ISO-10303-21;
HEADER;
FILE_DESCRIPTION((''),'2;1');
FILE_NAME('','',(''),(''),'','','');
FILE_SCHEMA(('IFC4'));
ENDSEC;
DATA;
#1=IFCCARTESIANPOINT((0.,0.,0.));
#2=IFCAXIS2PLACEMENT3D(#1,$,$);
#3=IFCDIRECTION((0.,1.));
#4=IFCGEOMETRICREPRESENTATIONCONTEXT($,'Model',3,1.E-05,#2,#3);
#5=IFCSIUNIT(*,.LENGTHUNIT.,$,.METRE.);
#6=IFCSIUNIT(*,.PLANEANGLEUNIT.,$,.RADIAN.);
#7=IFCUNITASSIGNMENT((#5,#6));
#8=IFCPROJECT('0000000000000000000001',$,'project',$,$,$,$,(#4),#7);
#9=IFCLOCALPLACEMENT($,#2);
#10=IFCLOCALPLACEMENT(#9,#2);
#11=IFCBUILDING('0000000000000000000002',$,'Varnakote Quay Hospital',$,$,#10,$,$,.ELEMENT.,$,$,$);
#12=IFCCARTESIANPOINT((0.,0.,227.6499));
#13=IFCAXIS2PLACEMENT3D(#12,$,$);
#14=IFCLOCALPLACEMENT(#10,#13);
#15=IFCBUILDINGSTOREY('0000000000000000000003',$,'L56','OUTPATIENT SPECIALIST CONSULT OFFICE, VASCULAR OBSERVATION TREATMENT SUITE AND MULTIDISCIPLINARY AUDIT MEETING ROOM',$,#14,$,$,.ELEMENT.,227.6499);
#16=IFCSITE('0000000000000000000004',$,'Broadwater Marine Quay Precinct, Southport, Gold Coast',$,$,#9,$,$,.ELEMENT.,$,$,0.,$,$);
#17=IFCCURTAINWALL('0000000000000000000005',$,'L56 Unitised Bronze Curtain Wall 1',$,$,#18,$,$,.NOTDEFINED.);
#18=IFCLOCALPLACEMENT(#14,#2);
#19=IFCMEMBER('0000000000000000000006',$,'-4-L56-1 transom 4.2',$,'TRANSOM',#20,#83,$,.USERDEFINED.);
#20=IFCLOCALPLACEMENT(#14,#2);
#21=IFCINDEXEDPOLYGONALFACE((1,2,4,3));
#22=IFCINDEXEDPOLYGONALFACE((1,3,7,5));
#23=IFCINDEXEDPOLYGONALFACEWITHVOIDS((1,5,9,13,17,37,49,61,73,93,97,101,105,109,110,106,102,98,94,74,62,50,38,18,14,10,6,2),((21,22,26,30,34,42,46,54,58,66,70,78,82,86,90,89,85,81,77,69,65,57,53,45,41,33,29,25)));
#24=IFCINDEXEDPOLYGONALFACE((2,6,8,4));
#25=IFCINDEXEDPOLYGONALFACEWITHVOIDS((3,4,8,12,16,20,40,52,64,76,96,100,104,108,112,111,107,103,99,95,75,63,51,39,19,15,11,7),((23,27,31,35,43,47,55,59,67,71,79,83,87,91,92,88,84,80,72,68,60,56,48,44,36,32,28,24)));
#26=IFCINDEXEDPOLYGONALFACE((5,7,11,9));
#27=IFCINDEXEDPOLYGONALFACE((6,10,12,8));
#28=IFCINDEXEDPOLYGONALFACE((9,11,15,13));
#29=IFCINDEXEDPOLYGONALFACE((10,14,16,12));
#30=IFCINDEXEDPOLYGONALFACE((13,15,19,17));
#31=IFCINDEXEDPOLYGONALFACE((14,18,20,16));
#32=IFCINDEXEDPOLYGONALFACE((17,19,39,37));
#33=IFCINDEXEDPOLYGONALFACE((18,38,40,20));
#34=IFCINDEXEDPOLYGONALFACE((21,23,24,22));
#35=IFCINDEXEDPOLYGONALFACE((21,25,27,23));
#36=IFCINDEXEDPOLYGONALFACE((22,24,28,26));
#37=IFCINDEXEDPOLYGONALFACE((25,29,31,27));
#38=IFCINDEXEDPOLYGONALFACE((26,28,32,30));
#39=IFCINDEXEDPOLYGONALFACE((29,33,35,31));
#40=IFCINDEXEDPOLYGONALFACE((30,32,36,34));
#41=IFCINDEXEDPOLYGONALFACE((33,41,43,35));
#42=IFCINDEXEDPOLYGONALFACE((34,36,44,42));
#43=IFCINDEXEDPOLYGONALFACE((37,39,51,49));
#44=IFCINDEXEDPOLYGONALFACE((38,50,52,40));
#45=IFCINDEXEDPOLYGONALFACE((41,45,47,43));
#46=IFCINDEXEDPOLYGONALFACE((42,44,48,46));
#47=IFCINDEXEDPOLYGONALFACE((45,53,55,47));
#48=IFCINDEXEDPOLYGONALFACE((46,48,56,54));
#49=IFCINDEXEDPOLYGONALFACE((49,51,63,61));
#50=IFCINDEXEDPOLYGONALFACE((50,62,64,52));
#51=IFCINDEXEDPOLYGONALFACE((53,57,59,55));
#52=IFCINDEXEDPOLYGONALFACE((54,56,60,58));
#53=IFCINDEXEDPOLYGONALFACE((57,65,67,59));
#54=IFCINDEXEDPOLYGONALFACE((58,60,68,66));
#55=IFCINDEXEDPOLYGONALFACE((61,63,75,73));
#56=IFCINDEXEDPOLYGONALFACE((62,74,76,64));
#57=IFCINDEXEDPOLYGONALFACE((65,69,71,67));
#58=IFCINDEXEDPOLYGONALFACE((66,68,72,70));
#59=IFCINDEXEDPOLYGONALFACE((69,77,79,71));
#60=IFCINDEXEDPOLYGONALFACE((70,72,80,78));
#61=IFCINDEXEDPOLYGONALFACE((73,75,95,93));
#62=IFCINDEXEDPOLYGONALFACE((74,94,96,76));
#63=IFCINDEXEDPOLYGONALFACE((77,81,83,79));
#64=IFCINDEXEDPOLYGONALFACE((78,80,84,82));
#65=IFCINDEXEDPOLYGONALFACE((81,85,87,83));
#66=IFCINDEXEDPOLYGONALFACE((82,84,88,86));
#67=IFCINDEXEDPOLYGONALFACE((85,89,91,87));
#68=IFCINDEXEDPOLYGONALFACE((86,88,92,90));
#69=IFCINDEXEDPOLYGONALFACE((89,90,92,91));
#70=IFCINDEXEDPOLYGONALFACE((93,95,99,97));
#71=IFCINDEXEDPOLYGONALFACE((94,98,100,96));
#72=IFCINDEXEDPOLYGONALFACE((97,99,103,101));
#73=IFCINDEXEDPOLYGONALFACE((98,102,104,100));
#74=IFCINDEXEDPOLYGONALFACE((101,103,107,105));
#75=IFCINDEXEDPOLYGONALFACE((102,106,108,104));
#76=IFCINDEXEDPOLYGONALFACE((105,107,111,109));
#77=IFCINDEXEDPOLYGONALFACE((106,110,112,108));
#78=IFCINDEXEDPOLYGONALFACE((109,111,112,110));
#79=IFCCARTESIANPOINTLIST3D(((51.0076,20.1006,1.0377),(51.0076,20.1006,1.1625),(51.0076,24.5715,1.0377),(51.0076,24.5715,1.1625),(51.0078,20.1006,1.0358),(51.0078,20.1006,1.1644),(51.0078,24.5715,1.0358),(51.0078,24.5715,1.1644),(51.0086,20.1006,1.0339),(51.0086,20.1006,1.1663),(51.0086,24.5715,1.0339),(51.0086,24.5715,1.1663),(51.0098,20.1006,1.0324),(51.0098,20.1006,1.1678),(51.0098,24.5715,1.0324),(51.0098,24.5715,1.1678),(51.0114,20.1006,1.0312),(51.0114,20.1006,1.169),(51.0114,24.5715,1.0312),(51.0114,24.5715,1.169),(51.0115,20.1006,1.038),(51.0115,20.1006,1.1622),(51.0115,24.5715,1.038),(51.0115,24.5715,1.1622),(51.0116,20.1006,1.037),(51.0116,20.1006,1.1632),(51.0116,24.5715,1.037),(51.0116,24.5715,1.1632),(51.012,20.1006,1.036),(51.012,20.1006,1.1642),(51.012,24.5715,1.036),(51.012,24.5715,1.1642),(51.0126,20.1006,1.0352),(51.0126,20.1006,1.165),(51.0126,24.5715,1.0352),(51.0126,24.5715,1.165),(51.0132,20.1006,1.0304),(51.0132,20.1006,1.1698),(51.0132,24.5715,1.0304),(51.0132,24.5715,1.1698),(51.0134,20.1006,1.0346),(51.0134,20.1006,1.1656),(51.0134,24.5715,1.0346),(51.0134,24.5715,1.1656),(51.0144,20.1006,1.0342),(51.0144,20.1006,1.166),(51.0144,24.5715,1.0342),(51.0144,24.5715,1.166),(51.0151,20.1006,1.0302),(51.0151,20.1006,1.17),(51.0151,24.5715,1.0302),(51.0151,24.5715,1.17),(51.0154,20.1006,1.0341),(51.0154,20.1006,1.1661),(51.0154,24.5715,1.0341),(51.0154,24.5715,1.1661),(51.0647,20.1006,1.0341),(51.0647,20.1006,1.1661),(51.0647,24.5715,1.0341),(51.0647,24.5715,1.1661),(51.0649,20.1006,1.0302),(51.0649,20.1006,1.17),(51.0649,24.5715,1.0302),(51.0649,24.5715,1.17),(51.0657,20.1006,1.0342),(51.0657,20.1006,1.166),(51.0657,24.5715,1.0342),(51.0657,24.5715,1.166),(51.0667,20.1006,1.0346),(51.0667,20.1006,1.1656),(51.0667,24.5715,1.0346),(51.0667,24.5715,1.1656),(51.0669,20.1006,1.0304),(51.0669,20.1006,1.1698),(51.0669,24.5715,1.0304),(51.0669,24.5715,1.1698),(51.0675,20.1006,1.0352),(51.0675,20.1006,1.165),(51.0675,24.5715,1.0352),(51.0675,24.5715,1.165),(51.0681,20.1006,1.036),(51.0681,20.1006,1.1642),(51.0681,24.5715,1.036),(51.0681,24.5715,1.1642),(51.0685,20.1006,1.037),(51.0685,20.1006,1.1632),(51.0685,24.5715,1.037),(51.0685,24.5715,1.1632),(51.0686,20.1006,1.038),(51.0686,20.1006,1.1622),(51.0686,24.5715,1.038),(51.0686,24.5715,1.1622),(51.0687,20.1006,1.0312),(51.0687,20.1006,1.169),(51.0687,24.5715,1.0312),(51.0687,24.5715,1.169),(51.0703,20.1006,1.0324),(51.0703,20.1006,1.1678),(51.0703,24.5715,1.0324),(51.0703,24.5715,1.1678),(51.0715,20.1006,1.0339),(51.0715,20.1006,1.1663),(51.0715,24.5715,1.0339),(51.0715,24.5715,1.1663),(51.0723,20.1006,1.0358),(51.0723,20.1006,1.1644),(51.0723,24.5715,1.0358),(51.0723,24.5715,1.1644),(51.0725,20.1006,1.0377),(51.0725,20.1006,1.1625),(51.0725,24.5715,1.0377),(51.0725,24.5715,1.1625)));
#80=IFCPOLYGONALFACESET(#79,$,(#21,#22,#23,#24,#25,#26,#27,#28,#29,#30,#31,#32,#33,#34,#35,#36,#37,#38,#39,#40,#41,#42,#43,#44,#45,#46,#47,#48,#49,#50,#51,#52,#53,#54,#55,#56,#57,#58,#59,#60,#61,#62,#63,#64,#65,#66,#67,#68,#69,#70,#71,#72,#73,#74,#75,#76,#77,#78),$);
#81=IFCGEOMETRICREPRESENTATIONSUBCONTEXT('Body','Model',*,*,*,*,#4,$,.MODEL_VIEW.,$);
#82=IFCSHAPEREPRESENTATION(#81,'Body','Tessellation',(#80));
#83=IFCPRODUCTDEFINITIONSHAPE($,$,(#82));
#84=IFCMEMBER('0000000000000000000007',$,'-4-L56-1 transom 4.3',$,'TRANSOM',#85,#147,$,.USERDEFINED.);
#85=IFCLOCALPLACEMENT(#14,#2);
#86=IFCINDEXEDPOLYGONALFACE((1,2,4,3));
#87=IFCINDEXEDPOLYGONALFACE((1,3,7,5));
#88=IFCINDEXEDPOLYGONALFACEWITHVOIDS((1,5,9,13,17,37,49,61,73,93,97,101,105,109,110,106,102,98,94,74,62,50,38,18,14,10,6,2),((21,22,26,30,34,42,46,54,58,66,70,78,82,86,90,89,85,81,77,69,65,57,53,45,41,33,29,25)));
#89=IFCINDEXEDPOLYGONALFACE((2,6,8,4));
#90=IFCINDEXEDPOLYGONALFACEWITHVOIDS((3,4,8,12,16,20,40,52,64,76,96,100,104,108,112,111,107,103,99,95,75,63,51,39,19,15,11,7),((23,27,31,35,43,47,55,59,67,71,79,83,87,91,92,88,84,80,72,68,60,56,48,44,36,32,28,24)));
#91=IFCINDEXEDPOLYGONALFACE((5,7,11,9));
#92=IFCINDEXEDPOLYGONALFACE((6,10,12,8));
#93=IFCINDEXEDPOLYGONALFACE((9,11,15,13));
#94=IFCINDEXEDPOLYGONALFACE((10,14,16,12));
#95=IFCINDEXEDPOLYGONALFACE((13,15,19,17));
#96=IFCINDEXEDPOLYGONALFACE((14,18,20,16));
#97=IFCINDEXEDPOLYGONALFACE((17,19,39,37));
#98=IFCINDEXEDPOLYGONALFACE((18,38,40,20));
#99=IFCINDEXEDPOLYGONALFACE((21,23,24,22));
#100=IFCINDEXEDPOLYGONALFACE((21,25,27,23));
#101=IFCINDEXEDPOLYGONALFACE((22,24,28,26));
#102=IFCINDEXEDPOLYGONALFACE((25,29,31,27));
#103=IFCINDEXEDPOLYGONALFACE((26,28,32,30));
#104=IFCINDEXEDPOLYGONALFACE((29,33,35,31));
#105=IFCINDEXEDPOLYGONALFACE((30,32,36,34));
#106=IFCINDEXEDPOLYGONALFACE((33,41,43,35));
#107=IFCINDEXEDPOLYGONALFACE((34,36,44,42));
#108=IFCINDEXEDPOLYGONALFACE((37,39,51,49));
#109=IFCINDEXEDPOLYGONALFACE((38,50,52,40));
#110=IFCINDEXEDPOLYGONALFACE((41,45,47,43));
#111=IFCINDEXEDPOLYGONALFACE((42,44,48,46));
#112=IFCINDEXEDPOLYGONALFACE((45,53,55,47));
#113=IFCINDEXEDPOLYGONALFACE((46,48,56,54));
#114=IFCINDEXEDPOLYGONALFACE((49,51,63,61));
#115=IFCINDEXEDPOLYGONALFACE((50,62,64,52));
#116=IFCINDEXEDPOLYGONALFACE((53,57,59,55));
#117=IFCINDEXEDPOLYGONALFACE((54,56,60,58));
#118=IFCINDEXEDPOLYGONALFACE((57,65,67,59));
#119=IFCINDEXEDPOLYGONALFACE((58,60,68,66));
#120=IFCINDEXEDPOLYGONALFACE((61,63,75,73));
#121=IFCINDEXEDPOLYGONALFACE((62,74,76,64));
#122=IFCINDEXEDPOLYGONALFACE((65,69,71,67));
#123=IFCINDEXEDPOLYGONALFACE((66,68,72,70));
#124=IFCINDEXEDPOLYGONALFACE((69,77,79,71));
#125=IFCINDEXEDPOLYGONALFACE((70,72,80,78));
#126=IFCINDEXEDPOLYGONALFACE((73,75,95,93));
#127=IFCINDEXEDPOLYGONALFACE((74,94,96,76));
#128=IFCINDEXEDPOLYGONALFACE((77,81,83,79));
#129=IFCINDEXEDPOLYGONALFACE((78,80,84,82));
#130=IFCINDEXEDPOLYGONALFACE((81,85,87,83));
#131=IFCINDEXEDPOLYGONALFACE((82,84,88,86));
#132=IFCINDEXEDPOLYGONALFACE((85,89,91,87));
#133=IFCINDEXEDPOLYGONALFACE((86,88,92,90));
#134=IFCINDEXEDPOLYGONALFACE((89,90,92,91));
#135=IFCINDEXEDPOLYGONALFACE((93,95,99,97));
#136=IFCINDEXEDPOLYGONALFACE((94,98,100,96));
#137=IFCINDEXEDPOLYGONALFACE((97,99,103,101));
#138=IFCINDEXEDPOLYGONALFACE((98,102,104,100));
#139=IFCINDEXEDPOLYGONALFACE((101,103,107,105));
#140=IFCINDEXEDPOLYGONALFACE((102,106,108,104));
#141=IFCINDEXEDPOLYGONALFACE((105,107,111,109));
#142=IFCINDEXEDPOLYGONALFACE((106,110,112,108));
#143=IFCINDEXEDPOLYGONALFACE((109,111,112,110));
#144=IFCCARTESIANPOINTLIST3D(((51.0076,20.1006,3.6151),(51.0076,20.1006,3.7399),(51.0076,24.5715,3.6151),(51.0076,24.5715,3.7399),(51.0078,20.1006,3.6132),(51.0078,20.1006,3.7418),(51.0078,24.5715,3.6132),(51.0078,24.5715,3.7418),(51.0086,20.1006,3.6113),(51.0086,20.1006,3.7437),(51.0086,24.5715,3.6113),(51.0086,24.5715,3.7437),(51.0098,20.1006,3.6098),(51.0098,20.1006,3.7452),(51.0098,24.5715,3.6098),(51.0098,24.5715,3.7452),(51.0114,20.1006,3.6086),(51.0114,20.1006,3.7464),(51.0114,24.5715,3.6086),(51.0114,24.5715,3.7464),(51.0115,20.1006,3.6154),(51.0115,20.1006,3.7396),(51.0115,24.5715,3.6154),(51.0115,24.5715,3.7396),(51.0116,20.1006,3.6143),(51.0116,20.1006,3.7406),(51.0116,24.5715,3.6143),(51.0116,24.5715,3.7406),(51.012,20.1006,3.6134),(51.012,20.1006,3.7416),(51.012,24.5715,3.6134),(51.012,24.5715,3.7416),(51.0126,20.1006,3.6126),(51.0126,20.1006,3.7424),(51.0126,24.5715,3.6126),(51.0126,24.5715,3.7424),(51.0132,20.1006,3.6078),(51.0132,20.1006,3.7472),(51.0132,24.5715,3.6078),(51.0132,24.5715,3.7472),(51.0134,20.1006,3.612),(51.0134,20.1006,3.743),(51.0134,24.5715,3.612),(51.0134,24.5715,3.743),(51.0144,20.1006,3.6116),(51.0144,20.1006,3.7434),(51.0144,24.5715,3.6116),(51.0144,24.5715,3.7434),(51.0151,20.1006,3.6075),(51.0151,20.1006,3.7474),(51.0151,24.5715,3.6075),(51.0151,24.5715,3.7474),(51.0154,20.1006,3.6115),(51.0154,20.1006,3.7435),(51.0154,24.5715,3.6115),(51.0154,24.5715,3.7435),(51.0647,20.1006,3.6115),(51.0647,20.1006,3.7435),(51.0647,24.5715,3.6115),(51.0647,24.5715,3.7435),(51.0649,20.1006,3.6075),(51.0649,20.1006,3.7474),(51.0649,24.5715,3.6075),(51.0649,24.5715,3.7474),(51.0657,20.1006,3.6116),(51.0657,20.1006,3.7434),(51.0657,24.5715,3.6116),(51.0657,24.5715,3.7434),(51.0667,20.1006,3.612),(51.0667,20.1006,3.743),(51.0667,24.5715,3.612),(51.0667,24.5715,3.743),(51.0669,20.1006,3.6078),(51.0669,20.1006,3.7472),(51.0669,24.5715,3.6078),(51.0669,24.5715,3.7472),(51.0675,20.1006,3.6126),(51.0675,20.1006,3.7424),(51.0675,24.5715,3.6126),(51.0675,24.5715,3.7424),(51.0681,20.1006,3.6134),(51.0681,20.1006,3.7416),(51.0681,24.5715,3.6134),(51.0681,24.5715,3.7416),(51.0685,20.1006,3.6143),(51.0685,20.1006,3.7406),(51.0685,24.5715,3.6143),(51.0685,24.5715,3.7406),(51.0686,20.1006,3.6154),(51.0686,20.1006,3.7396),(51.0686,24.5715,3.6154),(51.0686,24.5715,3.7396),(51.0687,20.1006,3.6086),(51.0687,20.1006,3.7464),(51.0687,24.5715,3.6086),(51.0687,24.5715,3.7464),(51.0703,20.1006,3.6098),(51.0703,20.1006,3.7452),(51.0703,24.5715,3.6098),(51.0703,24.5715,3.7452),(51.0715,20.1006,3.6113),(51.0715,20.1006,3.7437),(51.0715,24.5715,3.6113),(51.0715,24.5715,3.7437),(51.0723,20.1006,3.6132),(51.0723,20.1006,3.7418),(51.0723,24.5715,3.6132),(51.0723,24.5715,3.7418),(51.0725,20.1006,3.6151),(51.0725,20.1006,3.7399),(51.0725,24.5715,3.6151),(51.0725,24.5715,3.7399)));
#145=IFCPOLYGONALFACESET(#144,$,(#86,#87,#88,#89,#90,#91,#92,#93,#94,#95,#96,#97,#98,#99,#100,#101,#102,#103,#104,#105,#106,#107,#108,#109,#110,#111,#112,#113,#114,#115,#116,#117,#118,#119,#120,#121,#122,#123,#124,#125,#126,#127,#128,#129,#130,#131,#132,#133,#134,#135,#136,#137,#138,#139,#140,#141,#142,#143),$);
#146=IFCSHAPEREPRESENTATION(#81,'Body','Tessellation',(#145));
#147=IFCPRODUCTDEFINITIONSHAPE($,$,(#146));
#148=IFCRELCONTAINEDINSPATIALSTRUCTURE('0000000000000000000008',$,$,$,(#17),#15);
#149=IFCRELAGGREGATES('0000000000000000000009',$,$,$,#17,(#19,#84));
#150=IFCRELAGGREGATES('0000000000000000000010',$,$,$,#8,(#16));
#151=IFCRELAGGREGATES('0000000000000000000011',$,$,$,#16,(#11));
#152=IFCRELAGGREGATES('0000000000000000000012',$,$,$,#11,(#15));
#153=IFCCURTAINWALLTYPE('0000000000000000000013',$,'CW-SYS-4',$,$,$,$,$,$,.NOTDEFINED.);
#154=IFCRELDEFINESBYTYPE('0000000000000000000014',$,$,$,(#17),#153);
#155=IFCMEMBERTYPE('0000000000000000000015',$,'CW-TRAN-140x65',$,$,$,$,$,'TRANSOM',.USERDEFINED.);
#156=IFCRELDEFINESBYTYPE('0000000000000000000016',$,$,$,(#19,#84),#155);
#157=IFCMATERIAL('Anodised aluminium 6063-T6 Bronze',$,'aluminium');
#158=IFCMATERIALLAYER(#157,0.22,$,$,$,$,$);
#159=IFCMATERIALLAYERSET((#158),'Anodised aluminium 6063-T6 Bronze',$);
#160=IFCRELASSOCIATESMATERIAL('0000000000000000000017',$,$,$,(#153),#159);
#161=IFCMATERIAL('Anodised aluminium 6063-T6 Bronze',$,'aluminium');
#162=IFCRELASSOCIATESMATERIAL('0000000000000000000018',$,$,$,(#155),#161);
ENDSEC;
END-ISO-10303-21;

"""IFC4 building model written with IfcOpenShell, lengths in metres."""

from ifc_helpers import new_model, si_unit, direction, frame, origin, origin_2d, place, context, subcontext, project, spatial, hollow_rectangle, extrude, material, layer, layer_set, material_profile, profile_set, type_object, element, aggregate, save


model = new_model("IFC4")

# Units and contexts
model_context = context("Model", 3, precision=1e-05, world=origin(), true_north=direction((0.0, 1.0)))
body_context = subcontext(model_context, "Body", "Model", "MODEL_VIEW")
ifc_project = project(units=[si_unit("LENGTHUNIT", "METRE"), si_unit("PLANEANGLEUNIT", "RADIAN")], contexts=[model_context])

# Site, building, storey
site_placement = place(None, origin())
site = spatial("IfcSite", under=ifc_project, at=site_placement, Name="Broadwater Marine Quay Precinct, Southport, Gold Coast", CompositionType="ELEMENT", RefElevation=0.0)
building_placement = place(site_placement, origin())
building = spatial("IfcBuilding", under=site, at=building_placement, Name="Varnakote Quay Hospital", CompositionType="ELEMENT")
storey_placement = place(building_placement, frame((0.0, 0.0, 227.6499)))
storey = spatial("IfcBuildingStorey", under=building, at=storey_placement, Name="L56", Description="OUTPATIENT SPECIALIST CONSULT OFFICE, VASCULAR OBSERVATION TREATMENT SUITE AND MULTIDISCIPLINARY AUDIT MEETING ROOM", CompositionType="ELEMENT", Elevation=227.6499)

# Curtain wall
ifc_material_1 = material(Name="Anodised aluminium 6063-T6 Bronze", Category="aluminium")
ifc_layer_1 = layer(ifc_material_1, 0.22)
ifc_layer_set_1 = layer_set([ifc_layer_1], Name="Anodised aluminium 6063-T6 Bronze")
curtain_wall_type = type_object("IfcCurtainWallType", Name="CW-SYS-4", PredefinedType="NOTDEFINED", material=ifc_layer_set_1)
curtain_wall_1_placement = place(storey_placement, origin())
curtain_wall_1 = element("IfcCurtainWall", 1, at=curtain_wall_1_placement, inside=storey, type_object=curtain_wall_type, Name="L56 Unitised Bronze Curtain Wall 1", PredefinedType="NOTDEFINED")

# Members
ifc_material_2 = material(Name="Anodised aluminium 6063-T6 Bronze", Category="aluminium")
ifc_material_profile_1 = material_profile(ifc_material_2, hollow_rectangle(XDim=0.0649, YDim=0.1399, WallThickness=0.0039, InnerFilletRadius=0.0039, OuterFilletRadius=0.0076, at=origin_2d()), Name="CW-TRAN-140x65")
ifc_profile_set_1 = profile_set([ifc_material_profile_1], Name="Anodised aluminium 6063-T6 Bronze")
member_type_1 = type_object("IfcMemberType", Name="CW-TRAN-140x65", ElementType="TRANSOM", PredefinedType="USERDEFINED", material=ifc_profile_set_1)
member_1_placement = place(storey_placement, frame((51.04, 20.1006, 1.1001), z_axis=(0.0, 1.0, 0.0), x_axis=(-1.0, 0.0, 0.0)))
member_1 = element("IfcMember", 2, at=member_1_placement, type_object=member_type_1, Name="-4-L56-1 transom 4.2", ObjectType="TRANSOM", PredefinedType="USERDEFINED", context=body_context, shape_type="SweptSolid", body=[
    extrude(hollow_rectangle(XDim=0.0649, YDim=0.1399, WallThickness=0.0039, InnerFilletRadius=0.0039, OuterFilletRadius=0.0076, at=origin_2d()), origin(), (0.0, 0.0, 1.0), 4.4709),
])
member_2_placement = place(storey_placement, frame((51.04, 20.1006, 3.6775), z_axis=(0.0, 1.0, 0.0), x_axis=(-1.0, 0.0, 0.0)))
member_2 = element("IfcMember", 3, at=member_2_placement, type_object=member_type_1, Name="-4-L56-1 transom 4.3", ObjectType="TRANSOM", PredefinedType="USERDEFINED", context=body_context, shape_type="SweptSolid", body=[
    extrude(hollow_rectangle(XDim=0.0649, YDim=0.1399, WallThickness=0.0039, InnerFilletRadius=0.0039, OuterFilletRadius=0.0076, at=origin_2d()), origin(), (0.0, 0.0, 1.0), 4.4709),
])

aggregate(curtain_wall_1, [member_1, member_2])

save(model, "model.ifc")
